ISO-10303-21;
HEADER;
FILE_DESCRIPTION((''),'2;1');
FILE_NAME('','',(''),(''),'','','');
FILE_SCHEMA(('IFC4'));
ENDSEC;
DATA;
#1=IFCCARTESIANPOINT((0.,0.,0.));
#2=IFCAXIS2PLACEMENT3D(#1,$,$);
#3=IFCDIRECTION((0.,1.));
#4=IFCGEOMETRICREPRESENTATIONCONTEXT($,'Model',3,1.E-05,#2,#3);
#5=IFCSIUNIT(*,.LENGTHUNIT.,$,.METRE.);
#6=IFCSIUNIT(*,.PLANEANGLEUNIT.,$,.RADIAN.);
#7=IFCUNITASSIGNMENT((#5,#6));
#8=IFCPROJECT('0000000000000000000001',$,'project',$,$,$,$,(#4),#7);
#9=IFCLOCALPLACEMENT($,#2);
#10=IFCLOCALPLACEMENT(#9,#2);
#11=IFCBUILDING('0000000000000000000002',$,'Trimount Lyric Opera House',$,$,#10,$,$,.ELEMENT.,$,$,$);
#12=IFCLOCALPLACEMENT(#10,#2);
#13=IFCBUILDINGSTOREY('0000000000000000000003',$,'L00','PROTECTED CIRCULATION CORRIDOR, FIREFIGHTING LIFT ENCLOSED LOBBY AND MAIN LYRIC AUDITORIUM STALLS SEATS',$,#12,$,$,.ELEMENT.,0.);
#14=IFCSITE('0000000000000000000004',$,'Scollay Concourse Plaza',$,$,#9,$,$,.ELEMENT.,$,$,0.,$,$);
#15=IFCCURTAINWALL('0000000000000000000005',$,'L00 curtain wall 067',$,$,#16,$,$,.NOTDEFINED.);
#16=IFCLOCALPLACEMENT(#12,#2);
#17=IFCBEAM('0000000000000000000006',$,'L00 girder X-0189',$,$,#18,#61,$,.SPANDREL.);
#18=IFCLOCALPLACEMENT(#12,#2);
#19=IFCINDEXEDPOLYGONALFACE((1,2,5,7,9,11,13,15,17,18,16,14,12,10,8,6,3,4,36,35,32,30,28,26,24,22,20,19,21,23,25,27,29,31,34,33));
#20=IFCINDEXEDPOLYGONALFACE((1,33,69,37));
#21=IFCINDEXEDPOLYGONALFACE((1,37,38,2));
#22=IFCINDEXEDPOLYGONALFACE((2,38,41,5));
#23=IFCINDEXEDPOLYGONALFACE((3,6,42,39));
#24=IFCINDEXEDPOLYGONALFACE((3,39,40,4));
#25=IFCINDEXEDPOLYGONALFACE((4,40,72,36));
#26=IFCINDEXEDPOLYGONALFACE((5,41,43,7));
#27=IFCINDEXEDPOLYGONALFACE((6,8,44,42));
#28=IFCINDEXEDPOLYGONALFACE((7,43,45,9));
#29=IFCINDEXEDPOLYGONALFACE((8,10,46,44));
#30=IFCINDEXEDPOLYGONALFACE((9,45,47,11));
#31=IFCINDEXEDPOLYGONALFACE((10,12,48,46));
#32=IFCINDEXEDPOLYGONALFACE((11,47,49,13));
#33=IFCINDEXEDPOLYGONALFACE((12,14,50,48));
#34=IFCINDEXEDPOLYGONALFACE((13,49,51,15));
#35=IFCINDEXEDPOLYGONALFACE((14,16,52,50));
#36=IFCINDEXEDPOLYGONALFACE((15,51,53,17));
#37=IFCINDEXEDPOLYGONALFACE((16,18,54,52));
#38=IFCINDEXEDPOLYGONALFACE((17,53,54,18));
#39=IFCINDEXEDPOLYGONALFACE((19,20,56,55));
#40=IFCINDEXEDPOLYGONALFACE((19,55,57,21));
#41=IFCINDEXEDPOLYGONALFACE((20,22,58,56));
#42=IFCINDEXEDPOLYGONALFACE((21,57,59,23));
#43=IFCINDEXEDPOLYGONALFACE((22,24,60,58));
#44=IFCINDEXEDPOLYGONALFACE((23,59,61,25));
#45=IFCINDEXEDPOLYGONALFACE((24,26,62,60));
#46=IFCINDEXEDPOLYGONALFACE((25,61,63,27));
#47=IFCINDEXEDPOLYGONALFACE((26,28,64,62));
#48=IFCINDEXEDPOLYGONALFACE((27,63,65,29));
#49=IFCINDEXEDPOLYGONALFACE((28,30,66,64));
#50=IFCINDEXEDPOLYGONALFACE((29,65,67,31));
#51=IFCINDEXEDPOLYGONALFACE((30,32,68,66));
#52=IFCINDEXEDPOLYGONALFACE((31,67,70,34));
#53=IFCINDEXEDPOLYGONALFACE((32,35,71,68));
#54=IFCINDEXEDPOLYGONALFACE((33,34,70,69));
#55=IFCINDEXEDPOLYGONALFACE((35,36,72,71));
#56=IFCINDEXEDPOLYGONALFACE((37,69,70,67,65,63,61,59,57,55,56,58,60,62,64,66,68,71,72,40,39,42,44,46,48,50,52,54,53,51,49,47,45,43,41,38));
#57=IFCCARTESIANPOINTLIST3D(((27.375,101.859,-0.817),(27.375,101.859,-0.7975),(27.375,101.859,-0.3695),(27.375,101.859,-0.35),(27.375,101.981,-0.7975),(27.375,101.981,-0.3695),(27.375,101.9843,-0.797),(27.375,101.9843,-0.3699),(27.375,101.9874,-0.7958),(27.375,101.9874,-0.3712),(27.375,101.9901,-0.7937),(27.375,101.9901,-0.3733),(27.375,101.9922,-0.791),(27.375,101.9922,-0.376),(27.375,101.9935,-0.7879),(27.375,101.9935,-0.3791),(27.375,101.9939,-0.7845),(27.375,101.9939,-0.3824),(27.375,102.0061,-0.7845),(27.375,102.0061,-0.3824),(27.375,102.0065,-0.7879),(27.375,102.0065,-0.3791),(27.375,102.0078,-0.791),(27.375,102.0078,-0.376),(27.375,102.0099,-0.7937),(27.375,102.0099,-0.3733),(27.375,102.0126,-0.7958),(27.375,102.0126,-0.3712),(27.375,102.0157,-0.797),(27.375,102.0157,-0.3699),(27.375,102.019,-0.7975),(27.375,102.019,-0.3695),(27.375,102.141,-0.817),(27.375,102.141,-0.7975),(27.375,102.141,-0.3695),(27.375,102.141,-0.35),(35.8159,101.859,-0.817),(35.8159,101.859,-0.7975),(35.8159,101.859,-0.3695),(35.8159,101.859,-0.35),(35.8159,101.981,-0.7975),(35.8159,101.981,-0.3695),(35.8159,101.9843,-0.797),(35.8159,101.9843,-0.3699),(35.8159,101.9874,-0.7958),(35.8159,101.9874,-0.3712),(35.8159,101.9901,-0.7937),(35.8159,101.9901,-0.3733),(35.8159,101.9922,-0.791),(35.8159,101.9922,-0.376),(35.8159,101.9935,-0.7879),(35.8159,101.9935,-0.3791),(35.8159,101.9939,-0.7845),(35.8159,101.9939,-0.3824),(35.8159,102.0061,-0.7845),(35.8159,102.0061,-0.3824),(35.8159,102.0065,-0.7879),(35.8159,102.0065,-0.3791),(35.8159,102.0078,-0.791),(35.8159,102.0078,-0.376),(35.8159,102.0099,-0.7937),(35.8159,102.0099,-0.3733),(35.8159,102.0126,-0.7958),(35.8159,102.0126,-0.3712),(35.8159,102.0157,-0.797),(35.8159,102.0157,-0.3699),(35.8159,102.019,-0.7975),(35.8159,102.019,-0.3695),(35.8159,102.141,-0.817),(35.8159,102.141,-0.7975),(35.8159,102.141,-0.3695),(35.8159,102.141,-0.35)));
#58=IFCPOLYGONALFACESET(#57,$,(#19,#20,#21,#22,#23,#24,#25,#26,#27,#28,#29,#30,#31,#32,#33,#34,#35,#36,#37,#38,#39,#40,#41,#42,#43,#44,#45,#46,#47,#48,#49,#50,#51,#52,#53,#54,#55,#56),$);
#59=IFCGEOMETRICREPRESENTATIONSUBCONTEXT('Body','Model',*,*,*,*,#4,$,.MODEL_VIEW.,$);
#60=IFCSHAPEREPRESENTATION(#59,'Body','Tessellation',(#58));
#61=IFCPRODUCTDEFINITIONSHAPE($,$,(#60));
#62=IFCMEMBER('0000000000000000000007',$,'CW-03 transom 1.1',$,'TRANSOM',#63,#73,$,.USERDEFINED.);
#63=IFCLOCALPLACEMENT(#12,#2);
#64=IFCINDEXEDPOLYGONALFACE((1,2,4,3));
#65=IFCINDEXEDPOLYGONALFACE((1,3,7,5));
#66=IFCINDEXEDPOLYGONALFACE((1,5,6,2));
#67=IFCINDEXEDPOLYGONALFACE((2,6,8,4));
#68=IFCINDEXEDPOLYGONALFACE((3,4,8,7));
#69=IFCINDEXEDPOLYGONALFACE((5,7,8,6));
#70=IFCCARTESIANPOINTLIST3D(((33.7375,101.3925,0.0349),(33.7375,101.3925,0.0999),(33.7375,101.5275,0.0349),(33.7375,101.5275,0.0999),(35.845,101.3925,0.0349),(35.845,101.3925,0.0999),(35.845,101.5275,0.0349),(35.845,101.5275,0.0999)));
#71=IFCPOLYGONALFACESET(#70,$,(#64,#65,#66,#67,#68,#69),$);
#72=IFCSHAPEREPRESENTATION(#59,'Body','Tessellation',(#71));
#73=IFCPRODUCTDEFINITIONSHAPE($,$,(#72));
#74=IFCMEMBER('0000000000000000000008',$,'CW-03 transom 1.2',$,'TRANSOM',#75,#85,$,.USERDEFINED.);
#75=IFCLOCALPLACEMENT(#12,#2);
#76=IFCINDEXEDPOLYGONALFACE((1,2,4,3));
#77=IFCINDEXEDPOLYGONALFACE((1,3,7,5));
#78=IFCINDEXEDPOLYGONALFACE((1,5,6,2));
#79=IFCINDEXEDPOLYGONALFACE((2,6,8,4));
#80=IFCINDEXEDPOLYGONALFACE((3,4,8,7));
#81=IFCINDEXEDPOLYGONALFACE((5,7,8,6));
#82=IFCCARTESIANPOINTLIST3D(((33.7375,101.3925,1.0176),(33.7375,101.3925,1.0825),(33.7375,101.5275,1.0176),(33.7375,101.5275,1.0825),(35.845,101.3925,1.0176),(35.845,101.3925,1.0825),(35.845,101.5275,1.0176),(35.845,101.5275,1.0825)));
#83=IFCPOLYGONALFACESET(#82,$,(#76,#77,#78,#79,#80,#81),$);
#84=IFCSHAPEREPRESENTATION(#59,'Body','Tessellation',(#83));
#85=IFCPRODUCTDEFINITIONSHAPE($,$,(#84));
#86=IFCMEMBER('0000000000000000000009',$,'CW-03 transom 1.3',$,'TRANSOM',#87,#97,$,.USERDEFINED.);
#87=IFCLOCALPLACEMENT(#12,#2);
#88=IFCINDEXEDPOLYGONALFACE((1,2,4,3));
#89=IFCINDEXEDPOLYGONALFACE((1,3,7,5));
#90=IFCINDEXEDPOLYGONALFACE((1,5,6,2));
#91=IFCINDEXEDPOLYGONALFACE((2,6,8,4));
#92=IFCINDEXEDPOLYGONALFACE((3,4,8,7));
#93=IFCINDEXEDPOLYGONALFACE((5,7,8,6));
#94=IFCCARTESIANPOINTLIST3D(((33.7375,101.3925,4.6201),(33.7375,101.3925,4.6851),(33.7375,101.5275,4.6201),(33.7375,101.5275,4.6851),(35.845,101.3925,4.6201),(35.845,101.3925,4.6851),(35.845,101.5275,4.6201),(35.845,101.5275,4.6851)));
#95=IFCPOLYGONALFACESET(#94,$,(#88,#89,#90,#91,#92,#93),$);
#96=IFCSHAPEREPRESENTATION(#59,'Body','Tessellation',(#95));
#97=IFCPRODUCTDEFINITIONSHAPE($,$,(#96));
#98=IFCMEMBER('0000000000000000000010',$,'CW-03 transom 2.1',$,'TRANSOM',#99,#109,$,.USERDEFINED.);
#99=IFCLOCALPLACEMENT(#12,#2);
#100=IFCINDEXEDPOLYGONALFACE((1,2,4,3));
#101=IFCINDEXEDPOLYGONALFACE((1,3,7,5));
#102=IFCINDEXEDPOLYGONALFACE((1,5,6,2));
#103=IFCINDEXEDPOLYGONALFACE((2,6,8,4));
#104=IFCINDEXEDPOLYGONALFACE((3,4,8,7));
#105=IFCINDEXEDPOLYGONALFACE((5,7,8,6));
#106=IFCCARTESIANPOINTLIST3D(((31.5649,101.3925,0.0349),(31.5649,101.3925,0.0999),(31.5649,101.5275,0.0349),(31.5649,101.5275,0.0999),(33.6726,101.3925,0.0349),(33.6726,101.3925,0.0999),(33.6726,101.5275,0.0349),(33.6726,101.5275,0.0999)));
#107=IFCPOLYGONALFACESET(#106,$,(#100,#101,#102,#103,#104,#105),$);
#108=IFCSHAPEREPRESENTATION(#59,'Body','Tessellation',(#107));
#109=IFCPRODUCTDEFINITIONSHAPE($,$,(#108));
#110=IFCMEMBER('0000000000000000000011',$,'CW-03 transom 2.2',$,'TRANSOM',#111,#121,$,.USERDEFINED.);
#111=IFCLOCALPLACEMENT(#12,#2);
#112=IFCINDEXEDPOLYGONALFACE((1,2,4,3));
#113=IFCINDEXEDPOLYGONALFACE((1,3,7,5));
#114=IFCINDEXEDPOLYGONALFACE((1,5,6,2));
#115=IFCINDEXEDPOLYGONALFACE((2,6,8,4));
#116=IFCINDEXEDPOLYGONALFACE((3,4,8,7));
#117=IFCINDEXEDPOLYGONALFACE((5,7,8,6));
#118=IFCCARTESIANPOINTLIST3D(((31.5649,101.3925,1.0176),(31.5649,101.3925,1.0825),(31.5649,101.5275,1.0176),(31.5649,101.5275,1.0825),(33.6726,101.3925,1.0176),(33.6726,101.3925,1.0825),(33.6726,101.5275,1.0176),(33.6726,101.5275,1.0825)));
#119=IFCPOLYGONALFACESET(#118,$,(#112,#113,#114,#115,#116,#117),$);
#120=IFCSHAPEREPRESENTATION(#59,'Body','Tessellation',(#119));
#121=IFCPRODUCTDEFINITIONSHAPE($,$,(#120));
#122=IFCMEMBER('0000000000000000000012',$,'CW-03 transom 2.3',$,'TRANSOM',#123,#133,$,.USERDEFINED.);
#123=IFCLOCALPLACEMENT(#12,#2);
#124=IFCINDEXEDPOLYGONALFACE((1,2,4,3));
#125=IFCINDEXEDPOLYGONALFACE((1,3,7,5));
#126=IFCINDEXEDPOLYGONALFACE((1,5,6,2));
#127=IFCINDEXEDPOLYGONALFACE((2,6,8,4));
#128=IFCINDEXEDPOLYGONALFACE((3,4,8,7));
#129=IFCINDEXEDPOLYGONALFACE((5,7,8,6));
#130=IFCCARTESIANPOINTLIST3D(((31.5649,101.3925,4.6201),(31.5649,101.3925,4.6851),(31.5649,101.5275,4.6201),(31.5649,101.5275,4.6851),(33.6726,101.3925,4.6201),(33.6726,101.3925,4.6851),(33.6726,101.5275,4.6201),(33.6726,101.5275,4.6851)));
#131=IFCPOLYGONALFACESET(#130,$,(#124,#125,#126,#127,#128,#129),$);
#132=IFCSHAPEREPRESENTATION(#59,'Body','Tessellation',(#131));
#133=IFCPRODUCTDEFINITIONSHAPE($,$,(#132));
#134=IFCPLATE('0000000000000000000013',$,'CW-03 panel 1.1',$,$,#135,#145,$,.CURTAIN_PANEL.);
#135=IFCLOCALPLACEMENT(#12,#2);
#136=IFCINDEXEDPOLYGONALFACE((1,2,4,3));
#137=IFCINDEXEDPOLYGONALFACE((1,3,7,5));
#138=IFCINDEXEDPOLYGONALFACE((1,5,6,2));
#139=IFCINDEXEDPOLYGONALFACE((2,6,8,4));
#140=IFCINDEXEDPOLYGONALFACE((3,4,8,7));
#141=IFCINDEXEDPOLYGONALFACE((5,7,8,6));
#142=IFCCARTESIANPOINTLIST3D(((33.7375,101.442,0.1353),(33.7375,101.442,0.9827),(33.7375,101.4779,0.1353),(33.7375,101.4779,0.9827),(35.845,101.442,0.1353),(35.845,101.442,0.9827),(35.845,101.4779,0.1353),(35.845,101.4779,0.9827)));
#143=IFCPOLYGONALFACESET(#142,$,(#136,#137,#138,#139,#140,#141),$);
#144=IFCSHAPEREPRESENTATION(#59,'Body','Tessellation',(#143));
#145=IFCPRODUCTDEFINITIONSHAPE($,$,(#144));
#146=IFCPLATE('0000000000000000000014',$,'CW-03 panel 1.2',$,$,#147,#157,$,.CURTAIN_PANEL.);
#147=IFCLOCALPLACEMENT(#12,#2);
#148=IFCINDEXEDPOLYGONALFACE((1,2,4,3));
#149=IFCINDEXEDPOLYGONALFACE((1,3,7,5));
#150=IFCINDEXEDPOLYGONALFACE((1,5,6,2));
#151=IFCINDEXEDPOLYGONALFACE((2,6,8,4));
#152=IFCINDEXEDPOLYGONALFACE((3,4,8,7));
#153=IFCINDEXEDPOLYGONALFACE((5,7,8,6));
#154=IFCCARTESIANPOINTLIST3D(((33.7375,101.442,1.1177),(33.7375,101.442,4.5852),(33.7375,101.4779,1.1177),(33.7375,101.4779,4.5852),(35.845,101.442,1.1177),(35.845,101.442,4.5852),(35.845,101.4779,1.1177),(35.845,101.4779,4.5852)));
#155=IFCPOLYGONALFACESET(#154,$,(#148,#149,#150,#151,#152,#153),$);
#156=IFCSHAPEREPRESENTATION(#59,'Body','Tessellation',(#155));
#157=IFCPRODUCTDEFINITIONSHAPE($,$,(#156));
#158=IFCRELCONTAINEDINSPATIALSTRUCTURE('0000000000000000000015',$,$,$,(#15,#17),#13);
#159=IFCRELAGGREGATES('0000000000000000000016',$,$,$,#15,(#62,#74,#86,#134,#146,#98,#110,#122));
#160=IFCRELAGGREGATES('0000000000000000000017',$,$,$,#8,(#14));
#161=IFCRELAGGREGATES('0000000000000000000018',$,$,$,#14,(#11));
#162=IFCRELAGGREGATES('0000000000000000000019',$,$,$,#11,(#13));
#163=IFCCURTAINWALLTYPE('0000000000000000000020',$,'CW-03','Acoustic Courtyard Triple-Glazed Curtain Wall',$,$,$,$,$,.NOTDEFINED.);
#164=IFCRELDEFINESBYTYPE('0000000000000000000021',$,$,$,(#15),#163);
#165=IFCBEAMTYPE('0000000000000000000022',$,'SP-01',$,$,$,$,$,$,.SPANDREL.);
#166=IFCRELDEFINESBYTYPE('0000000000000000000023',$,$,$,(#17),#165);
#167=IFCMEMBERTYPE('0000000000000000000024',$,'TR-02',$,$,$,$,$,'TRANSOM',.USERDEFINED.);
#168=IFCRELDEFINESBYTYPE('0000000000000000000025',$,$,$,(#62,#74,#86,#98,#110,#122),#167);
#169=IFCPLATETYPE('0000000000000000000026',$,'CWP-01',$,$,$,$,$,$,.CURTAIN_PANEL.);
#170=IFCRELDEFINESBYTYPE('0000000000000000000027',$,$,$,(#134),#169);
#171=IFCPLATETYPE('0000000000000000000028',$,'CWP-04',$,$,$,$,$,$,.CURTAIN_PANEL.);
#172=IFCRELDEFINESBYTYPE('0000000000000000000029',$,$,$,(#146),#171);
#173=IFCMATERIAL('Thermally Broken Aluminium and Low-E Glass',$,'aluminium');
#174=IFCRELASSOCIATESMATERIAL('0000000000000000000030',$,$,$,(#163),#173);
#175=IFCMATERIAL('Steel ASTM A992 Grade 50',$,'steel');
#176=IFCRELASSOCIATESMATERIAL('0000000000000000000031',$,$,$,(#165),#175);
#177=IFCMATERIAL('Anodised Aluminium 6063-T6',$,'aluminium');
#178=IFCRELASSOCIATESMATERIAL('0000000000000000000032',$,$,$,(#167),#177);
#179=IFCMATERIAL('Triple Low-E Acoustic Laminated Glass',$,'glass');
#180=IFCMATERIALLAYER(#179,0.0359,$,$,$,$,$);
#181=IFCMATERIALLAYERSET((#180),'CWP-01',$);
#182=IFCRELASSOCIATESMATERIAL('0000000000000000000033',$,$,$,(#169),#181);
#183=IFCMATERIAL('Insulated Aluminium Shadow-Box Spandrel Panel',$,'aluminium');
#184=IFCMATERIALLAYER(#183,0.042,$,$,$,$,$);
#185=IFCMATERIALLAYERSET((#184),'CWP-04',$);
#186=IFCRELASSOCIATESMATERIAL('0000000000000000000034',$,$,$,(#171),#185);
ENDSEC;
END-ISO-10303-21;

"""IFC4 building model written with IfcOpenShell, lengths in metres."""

from ifc_helpers import new_model, si_unit, direction, frame, origin, origin_2d, place, context, subcontext, project, spatial, rectangle, i_section, extrude, material, layer, layer_set, material_profile, profile_set, type_object, element, aggregate, save


model = new_model("IFC4")

# Units and contexts
model_context = context("Model", 3, precision=1e-05, world=origin(), true_north=direction((0.0, 1.0)))
body_context = subcontext(model_context, "Body", "Model", "MODEL_VIEW")
ifc_project = project(units=[si_unit("LENGTHUNIT", "METRE"), si_unit("PLANEANGLEUNIT", "RADIAN")], contexts=[model_context])

# Site, building, storey
site_placement = place(None, origin())
site = spatial("IfcSite", under=ifc_project, at=site_placement, Name="Scollay Concourse Plaza", CompositionType="ELEMENT", RefElevation=0.0)
building_placement = place(site_placement, origin())
building = spatial("IfcBuilding", under=site, at=building_placement, Name="Trimount Lyric Opera House", CompositionType="ELEMENT")
storey_placement = place(building_placement, origin())
storey = spatial("IfcBuildingStorey", under=building, at=storey_placement, Name="L00", Description="PROTECTED CIRCULATION CORRIDOR, FIREFIGHTING LIFT ENCLOSED LOBBY AND MAIN LYRIC AUDITORIUM STALLS SEATS", CompositionType="ELEMENT", Elevation=0.0)

# Curtain wall
ifc_material_1 = material(Name="Thermally Broken Aluminium and Low-E Glass", Category="aluminium")
curtain_wall_type = type_object("IfcCurtainWallType", Name="CW-03", Description="Acoustic Courtyard Triple-Glazed Curtain Wall", PredefinedType="NOTDEFINED", material=ifc_material_1)
curtain_wall_placement = place(storey_placement, origin())
curtain_wall = element("IfcCurtainWall", 1, at=curtain_wall_placement, inside=storey, type_object=curtain_wall_type, Name="L00 curtain wall 067", PredefinedType="NOTDEFINED")

# Beam
ifc_material_2 = material(Name="Steel ASTM A992 Grade 50", Category="steel")
ifc_material_profile_1 = material_profile(ifc_material_2, i_section(OverallWidth=0.282, OverallDepth=0.467, WebThickness=0.0122, FlangeThickness=0.0195, FilletRadius=0.0129, at=origin_2d()), Name="W18X86")
ifc_profile_set_1 = profile_set([ifc_material_profile_1], Name="Steel ASTM A992 Grade 50")
beam_type_1 = type_object("IfcBeamType", Name="SP-01", PredefinedType="SPANDREL", material=ifc_profile_set_1)
beam_1_placement = place(storey_placement, frame((27.375, 102.0, -0.5835), z_axis=(1.0, 0.0, 0.0), x_axis=(0.0, 1.0, 0.0)))
element("IfcBeam", 2, at=beam_1_placement, inside=storey, type_object=beam_type_1, Name="L00 girder X-0189", PredefinedType="SPANDREL", context=body_context, shape_type="SweptSolid", body=[
    extrude(i_section(OverallWidth=0.282, OverallDepth=0.467, WebThickness=0.0122, FlangeThickness=0.0195, FilletRadius=0.0129, at=origin_2d()), origin(), (0.0, 0.0, 1.0), 8.4409),
])

# Members
ifc_material_3 = material(Name="Anodised Aluminium 6063-T6", Category="aluminium")
ifc_material_profile_2 = material_profile(ifc_material_3, rectangle(XDim=0.135, YDim=0.0649, at=origin_2d()), Name="ALU-TRAN-65X135")
ifc_profile_set_2 = profile_set([ifc_material_profile_2], Name="Anodised Aluminium 6063-T6")
member_type_1 = type_object("IfcMemberType", Name="TR-02", ElementType="TRANSOM", PredefinedType="USERDEFINED", material=ifc_profile_set_2)
member_1_placement = place(storey_placement, frame((35.845, 101.46, 0.0674), z_axis=(-1.0, 0.0, 0.0), x_axis=(0.0, -1.0, 0.0)))
member_1 = element("IfcMember", 3, at=member_1_placement, type_object=member_type_1, Name="CW-03 transom 1.1", ObjectType="TRANSOM", PredefinedType="USERDEFINED", context=body_context, shape_type="SweptSolid", body=[
    extrude(rectangle(XDim=0.135, YDim=0.0649, at=origin_2d()), origin(), (0.0, 0.0, 1.0), 2.1074),
])
member_2_placement = place(storey_placement, frame((35.845, 101.46, 1.05), z_axis=(-1.0, 0.0, 0.0), x_axis=(0.0, -1.0, 0.0)))
member_2 = element("IfcMember", 4, at=member_2_placement, type_object=member_type_1, Name="CW-03 transom 1.2", ObjectType="TRANSOM", PredefinedType="USERDEFINED", context=body_context, shape_type="SweptSolid", body=[
    extrude(rectangle(XDim=0.135, YDim=0.0649, at=origin_2d()), origin(), (0.0, 0.0, 1.0), 2.1074),
])
member_3_placement = place(storey_placement, frame((35.845, 101.46, 4.6526), z_axis=(-1.0, 0.0, 0.0), x_axis=(0.0, -1.0, 0.0)))
member_3 = element("IfcMember", 5, at=member_3_placement, type_object=member_type_1, Name="CW-03 transom 1.3", ObjectType="TRANSOM", PredefinedType="USERDEFINED", context=body_context, shape_type="SweptSolid", body=[
    extrude(rectangle(XDim=0.135, YDim=0.0649, at=origin_2d()), origin(), (0.0, 0.0, 1.0), 2.1074),
])
member_4_placement = place(storey_placement, frame((33.6726, 101.46, 0.0674), z_axis=(-1.0, 0.0, 0.0), x_axis=(0.0, -1.0, 0.0)))
member_4 = element("IfcMember", 6, at=member_4_placement, type_object=member_type_1, Name="CW-03 transom 2.1", ObjectType="TRANSOM", PredefinedType="USERDEFINED", context=body_context, shape_type="SweptSolid", body=[
    extrude(rectangle(XDim=0.135, YDim=0.0649, at=origin_2d()), origin(), (0.0, 0.0, 1.0), 2.1077),
])
member_5_placement = place(storey_placement, frame((33.6726, 101.46, 1.05), z_axis=(-1.0, 0.0, 0.0), x_axis=(0.0, -1.0, 0.0)))
member_5 = element("IfcMember", 7, at=member_5_placement, type_object=member_type_1, Name="CW-03 transom 2.2", ObjectType="TRANSOM", PredefinedType="USERDEFINED", context=body_context, shape_type="SweptSolid", body=[
    extrude(rectangle(XDim=0.135, YDim=0.0649, at=origin_2d()), origin(), (0.0, 0.0, 1.0), 2.1077),
])
member_6_placement = place(storey_placement, frame((33.6726, 101.46, 4.6526), z_axis=(-1.0, 0.0, 0.0), x_axis=(0.0, -1.0, 0.0)))
member_6 = element("IfcMember", 8, at=member_6_placement, type_object=member_type_1, Name="CW-03 transom 2.3", ObjectType="TRANSOM", PredefinedType="USERDEFINED", context=body_context, shape_type="SweptSolid", body=[
    extrude(rectangle(XDim=0.135, YDim=0.0649, at=origin_2d()), origin(), (0.0, 0.0, 1.0), 2.1077),
])

# Plates
ifc_material_4 = material(Name="Triple Low-E Acoustic Laminated Glass", Category="glass")
ifc_layer_1 = layer(ifc_material_4, 0.0359)
ifc_layer_set_1 = layer_set([ifc_layer_1], Name="CWP-01")
plate_type_1 = type_object("IfcPlateType", Name="CWP-01", PredefinedType="CURTAIN_PANEL", material=ifc_layer_set_1)
plate_1_placement = place(storey_placement, frame((34.7913, 101.46, 0.1353), z_axis=(0.0, 0.0, 1.0), x_axis=(-1.0, 0.0, 0.0)))
plate_1 = element("IfcPlate", 9, at=plate_1_placement, type_object=plate_type_1, Name="CW-03 panel 1.1", PredefinedType="CURTAIN_PANEL", context=body_context, shape_type="SweptSolid", body=[
    extrude(rectangle(XDim=2.1074, YDim=0.0359, at=origin_2d()), origin(), (0.0, 0.0, 1.0), 0.8474),
])
ifc_material_5 = material(Name="Insulated Aluminium Shadow-Box Spandrel Panel", Category="aluminium")
ifc_layer_2 = layer(ifc_material_5, 0.042)
ifc_layer_set_2 = layer_set([ifc_layer_2], Name="CWP-04")
plate_type_2 = type_object("IfcPlateType", Name="CWP-04", PredefinedType="CURTAIN_PANEL", material=ifc_layer_set_2)
plate_2_placement = place(storey_placement, frame((34.7913, 101.46, 1.1177), z_axis=(0.0, 0.0, 1.0), x_axis=(-1.0, 0.0, 0.0)))
plate_2 = element("IfcPlate", 10, at=plate_2_placement, type_object=plate_type_2, Name="CW-03 panel 1.2", PredefinedType="CURTAIN_PANEL", context=body_context, shape_type="SweptSolid", body=[
    extrude(rectangle(XDim=2.1074, YDim=0.0359, at=origin_2d()), origin(), (0.0, 0.0, 1.0), 3.4675),
])
aggregate(curtain_wall, [member_1, member_2, member_3, plate_1, plate_2, member_4, member_5, member_6])

save(model, "model.ifc")
